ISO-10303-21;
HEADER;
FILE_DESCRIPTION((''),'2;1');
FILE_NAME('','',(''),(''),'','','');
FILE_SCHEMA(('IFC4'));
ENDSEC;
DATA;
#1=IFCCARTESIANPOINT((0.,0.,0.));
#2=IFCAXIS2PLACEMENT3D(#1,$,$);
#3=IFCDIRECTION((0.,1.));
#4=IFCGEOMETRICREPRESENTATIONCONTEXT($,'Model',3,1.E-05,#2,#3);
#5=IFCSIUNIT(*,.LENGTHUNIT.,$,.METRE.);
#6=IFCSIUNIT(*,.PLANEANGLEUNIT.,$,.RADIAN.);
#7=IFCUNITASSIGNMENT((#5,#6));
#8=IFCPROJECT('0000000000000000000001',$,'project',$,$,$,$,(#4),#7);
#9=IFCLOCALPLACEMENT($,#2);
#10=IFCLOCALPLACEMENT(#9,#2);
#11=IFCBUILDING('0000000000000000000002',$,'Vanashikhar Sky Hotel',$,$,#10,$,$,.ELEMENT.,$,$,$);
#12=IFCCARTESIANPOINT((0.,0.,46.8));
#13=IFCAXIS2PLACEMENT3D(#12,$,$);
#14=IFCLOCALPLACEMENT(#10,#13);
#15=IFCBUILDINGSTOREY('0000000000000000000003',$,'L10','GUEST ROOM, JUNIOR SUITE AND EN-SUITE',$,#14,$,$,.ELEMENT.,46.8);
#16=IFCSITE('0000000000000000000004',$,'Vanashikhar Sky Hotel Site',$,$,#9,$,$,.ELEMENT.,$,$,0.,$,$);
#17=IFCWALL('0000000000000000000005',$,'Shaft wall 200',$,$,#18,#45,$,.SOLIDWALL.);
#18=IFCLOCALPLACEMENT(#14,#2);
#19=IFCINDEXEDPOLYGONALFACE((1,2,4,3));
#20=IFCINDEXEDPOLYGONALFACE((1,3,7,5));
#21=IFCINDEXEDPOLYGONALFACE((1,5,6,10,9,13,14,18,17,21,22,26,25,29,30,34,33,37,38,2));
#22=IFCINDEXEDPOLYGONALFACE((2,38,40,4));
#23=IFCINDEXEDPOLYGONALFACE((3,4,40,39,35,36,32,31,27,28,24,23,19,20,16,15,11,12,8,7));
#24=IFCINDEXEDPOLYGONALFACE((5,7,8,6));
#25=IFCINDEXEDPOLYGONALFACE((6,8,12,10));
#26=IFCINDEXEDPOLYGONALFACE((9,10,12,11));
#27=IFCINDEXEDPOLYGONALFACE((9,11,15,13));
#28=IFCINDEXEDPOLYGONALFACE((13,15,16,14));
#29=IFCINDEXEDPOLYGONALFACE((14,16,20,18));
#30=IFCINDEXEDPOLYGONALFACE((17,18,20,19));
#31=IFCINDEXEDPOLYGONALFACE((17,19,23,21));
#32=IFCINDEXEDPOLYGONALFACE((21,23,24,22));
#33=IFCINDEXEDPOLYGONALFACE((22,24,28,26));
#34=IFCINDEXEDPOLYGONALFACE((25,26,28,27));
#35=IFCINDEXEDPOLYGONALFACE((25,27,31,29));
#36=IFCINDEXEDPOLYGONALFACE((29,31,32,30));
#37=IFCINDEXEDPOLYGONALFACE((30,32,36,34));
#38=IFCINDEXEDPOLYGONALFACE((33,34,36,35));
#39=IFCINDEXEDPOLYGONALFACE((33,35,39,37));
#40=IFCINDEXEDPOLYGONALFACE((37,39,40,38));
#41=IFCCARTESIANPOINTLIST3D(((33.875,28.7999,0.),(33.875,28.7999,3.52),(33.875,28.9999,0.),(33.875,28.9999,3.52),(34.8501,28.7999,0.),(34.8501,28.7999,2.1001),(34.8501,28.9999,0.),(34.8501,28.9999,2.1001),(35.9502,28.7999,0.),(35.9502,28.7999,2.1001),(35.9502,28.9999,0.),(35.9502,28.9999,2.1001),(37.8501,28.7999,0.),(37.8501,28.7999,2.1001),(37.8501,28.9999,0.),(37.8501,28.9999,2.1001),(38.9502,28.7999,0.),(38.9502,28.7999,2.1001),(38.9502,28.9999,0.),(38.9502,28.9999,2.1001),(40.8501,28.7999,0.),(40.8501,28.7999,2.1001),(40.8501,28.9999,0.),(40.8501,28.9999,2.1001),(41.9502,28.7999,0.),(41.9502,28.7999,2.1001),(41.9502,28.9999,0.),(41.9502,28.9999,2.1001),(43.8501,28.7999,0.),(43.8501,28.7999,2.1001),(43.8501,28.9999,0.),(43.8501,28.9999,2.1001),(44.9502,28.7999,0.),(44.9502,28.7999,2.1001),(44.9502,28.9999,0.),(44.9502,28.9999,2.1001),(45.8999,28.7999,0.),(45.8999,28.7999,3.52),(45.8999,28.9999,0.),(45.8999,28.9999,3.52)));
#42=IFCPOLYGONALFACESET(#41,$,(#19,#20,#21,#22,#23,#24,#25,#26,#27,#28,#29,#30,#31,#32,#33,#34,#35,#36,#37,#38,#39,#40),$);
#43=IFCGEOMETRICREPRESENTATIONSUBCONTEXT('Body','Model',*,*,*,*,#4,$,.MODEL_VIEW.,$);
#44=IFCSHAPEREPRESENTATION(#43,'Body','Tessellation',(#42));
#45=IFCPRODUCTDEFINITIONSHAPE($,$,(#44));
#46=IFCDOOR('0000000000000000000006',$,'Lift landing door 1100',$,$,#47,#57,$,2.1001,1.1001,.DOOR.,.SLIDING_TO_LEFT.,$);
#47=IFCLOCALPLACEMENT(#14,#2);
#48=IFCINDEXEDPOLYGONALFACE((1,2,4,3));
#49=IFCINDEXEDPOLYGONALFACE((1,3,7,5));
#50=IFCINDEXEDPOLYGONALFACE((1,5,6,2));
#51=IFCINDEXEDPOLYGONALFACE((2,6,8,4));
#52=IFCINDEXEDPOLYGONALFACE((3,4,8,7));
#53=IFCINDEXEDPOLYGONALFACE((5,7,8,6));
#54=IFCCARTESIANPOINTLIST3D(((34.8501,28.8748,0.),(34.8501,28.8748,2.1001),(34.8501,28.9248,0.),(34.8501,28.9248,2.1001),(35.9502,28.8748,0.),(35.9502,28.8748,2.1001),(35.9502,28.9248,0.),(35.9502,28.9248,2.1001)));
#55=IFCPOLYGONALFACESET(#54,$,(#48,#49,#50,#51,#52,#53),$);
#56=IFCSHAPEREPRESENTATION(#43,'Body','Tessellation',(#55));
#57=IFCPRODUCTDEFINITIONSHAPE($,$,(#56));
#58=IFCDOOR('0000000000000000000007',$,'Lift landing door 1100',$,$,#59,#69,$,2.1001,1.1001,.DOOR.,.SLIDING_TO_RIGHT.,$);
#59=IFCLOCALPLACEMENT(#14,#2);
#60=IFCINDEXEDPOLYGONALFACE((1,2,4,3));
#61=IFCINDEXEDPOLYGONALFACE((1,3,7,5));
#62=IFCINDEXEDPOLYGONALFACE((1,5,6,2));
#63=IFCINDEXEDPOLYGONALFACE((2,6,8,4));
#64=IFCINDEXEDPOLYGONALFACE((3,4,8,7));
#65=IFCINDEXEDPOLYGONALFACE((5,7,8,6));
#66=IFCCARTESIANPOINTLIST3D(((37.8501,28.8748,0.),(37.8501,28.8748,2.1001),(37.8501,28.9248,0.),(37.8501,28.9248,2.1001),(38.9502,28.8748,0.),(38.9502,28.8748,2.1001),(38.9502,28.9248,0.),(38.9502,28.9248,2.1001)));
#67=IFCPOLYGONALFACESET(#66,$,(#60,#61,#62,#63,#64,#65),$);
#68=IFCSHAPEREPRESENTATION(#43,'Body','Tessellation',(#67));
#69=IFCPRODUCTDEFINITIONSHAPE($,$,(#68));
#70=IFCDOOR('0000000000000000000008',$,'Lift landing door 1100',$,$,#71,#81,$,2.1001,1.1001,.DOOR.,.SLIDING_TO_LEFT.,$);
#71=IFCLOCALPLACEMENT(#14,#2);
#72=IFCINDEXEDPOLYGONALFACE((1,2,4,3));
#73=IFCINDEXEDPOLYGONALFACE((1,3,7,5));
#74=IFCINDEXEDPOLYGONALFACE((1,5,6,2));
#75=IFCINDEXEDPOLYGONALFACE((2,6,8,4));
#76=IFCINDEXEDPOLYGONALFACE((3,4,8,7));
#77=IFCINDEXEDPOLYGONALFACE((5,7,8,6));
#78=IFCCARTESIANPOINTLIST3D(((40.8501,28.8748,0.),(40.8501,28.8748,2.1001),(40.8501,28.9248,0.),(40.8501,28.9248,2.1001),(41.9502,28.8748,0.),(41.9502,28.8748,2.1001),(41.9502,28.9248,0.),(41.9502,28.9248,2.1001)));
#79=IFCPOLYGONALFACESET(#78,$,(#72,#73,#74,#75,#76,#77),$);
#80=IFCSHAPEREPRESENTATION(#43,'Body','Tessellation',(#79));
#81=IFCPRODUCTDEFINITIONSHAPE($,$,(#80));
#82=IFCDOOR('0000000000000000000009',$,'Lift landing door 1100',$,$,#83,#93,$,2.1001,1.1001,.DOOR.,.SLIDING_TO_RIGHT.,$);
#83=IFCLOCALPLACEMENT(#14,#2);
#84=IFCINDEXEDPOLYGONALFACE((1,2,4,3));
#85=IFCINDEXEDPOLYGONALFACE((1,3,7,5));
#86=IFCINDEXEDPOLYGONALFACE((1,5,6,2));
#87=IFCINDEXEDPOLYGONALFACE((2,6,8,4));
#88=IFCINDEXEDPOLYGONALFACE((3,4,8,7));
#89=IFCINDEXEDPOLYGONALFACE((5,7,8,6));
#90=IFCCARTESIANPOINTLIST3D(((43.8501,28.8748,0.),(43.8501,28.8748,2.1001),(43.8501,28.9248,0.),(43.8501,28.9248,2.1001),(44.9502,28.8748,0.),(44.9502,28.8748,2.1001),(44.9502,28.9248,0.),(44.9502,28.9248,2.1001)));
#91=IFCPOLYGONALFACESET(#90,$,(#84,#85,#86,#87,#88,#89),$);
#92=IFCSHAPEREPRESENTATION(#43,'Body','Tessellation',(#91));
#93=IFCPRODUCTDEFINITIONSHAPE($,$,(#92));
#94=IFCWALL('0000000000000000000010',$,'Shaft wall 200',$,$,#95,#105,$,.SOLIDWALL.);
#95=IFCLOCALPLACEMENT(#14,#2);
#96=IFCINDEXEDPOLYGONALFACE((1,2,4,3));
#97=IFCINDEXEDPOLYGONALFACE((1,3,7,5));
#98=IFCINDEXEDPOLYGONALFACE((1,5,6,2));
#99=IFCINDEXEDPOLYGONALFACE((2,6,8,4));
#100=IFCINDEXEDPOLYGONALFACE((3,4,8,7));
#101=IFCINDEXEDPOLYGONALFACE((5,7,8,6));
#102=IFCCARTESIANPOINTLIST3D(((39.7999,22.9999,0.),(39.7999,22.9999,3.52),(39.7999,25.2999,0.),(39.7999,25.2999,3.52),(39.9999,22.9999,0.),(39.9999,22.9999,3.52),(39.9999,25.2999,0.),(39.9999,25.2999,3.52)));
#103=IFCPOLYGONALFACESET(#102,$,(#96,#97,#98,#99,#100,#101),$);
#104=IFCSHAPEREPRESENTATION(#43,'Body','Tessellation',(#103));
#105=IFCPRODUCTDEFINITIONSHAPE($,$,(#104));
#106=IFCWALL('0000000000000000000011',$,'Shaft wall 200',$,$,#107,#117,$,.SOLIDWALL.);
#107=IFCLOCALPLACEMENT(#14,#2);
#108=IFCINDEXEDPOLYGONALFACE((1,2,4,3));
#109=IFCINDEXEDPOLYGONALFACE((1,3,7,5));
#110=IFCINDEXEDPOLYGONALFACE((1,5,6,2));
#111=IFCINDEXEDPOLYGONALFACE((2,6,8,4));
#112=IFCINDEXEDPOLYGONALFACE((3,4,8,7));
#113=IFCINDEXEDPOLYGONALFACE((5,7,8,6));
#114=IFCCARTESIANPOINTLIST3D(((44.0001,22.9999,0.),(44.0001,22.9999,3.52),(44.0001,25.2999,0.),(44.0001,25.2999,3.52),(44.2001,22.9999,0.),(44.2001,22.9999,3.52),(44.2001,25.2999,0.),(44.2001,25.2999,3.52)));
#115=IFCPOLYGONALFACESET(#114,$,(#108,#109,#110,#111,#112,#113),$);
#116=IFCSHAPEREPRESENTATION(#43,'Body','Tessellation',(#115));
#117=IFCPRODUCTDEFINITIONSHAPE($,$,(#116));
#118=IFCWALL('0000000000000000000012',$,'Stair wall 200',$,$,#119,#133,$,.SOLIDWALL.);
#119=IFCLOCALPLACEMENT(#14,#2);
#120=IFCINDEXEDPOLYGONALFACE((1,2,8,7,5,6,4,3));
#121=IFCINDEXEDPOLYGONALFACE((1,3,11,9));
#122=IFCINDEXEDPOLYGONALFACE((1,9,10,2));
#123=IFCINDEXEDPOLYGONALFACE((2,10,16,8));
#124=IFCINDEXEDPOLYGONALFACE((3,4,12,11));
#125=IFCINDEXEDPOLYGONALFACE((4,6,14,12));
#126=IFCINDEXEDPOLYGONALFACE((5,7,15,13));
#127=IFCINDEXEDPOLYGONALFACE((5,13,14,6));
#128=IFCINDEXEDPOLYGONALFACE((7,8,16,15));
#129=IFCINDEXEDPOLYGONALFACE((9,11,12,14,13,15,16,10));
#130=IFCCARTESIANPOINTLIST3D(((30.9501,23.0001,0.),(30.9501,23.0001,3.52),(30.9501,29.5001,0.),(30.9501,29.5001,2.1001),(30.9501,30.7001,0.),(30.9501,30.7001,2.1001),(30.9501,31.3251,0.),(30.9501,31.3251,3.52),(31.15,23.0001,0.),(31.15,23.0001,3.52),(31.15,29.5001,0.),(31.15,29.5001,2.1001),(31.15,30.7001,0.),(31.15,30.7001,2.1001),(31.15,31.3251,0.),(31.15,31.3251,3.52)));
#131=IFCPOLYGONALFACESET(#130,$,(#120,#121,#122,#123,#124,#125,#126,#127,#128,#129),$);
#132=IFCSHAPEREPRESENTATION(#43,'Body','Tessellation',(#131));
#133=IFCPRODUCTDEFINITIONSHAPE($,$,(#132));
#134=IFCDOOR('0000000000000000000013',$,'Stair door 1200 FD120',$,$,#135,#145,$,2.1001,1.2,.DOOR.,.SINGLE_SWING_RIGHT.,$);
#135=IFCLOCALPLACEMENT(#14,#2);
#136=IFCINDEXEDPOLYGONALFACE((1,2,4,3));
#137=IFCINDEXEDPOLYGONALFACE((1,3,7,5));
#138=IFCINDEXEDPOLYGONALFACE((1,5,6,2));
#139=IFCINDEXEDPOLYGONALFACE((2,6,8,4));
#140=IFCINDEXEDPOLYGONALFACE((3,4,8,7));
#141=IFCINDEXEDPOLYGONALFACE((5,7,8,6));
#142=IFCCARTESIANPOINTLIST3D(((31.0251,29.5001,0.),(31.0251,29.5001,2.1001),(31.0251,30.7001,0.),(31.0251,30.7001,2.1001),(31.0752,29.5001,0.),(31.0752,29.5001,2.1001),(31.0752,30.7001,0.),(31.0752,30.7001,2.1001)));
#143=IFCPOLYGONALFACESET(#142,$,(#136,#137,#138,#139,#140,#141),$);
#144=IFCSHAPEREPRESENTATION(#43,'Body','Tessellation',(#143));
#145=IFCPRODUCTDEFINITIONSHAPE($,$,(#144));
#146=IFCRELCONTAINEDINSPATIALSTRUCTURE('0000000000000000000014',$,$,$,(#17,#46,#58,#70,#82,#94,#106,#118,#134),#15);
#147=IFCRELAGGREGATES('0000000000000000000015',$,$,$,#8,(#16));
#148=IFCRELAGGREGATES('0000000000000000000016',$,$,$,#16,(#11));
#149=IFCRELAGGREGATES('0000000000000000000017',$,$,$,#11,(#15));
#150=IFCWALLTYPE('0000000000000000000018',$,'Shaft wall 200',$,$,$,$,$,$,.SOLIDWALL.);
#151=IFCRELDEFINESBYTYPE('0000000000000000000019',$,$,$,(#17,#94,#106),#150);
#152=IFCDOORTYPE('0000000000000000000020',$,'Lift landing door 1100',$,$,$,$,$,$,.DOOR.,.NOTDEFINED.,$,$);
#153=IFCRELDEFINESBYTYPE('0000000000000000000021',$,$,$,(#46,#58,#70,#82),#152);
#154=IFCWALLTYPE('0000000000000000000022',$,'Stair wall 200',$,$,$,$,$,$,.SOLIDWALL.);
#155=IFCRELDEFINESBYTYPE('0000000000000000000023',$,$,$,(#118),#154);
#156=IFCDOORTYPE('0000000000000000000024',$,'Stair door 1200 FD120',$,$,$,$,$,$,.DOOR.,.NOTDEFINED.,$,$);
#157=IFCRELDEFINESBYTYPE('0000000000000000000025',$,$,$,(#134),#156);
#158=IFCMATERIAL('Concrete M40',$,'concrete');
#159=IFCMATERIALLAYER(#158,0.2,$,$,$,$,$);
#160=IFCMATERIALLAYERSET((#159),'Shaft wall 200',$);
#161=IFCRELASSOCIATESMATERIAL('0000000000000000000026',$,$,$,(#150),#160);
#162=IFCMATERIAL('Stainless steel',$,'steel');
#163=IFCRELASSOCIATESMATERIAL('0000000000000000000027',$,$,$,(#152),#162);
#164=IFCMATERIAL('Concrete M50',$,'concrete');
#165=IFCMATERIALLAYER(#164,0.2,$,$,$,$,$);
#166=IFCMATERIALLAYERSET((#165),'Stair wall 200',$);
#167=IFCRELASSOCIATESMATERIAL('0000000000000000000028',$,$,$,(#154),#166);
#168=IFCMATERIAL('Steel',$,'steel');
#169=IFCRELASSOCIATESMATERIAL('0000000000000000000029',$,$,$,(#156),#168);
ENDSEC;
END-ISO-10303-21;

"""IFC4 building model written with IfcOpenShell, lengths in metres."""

from ifc_helpers import new_model, si_unit, direction, frame, frame_2d, origin, place, context, subcontext, project, spatial, rectangle, extrude, source, transform, mapped, material, layer, layer_set, type_object, element, fill, save


model = new_model("IFC4")

# Units and contexts
model_context = context("Model", 3, precision=1e-05, world=origin(), true_north=direction((0.0, 1.0)))
body_context = subcontext(model_context, "Body", "Model", "MODEL_VIEW")
ifc_project = project(units=[si_unit("LENGTHUNIT", "METRE"), si_unit("PLANEANGLEUNIT", "RADIAN")], contexts=[model_context])

# Site, building, storey
site_placement = place(None, origin())
site = spatial("IfcSite", under=ifc_project, at=site_placement, Name="Vanashikhar Sky Hotel Site", CompositionType="ELEMENT", RefElevation=0.0)
building_placement = place(site_placement, origin())
building = spatial("IfcBuilding", under=site, at=building_placement, Name="Vanashikhar Sky Hotel", CompositionType="ELEMENT")
storey_placement = place(building_placement, frame((0.0, 0.0, 46.8)))
storey = spatial("IfcBuildingStorey", under=building, at=storey_placement, Name="L10", Description="GUEST ROOM, JUNIOR SUITE AND EN-SUITE", CompositionType="ELEMENT", Elevation=46.8)

# Shared definitions
ifc_material_1 = material(Name="Steel", Category="steel")
shared_shape_1 = source(origin(), body_context, "Body", "SweptSolid", [
    extrude(rectangle(XDim=1.1001, YDim=2.1001, at=frame_2d((0.55, 1.05))), frame((0.0, 0.0249, 0.0), z_axis=(0.0, -1.0, 0.0), x_axis=(1.0, 0.0, 0.0)), (0.0, 0.0, 1.0), 0.05),
])

# Wall, openings, doors
ifc_material_2 = material(Name="Concrete M40", Category="concrete")
ifc_layer_1 = layer(ifc_material_2, 0.2)
ifc_layer_set_1 = layer_set([ifc_layer_1], Name="Shaft wall 200")
wall_type_1 = type_object("IfcWallType", Name="Shaft wall 200", PredefinedType="SOLIDWALL", material=ifc_layer_set_1)
shared_shape_2 = source(origin(), body_context, "Body", "SweptSolid", [
    extrude(rectangle(XDim=1.1001, YDim=2.1001, at=frame_2d((0.55, 1.05))), frame((0.0, 0.1099, 0.0), z_axis=(0.0, -1.0, 0.0), x_axis=(1.0, 0.0, 0.0)), (0.0, 0.0, 1.0), 0.22),
])
ifc_material_3 = material(Name="Stainless steel", Category="steel")
door_type_1 = type_object("IfcDoorType", Name="Lift landing door 1100", OperationType="NOTDEFINED", PredefinedType="DOOR", material=ifc_material_3)
shared_shape_3 = source(origin(), body_context, "Body", "SweptSolid", [
    extrude(rectangle(XDim=12.0249, YDim=0.2, at=frame_2d((6.0125, 0.0))), origin(), (0.0, 0.0, 1.0), 3.52),
])
wall_1_placement = place(storey_placement, frame((33.875, 28.8999, 0.0), z_axis=(0.0, 0.0, 1.0), x_axis=(1.0, 0.0, 0.0)))
wall_1 = element("IfcWall", 1, at=wall_1_placement, inside=storey, type_object=wall_type_1, Name="Shaft wall 200", PredefinedType="SOLIDWALL", context=body_context, shape_type="MappedRepresentation", body=[
    mapped(shared_shape_3, transform((0.0, 0.0, 0.0), scale=1.0)),
])
opening_1_placement = place(wall_1_placement, frame((0.9751, 0.0, 0.0)))
opening_1 = element("IfcOpeningElement", 2, at=opening_1_placement, cuts=wall_1, PredefinedType="OPENING", context=body_context, shape_type="MappedRepresentation", body=[
    mapped(shared_shape_2, transform((0.0, 0.0, 0.0), scale=1.0)),
])
opening_2_placement = place(wall_1_placement, frame((3.9751, 0.0, 0.0)))
opening_2 = element("IfcOpeningElement", 3, at=opening_2_placement, cuts=wall_1, PredefinedType="OPENING", context=body_context, shape_type="MappedRepresentation", body=[
    mapped(shared_shape_2, transform((0.0, 0.0, 0.0), scale=1.0)),
])
opening_3_placement = place(wall_1_placement, frame((6.9751, 0.0, 0.0)))
opening_3 = element("IfcOpeningElement", 4, at=opening_3_placement, cuts=wall_1, PredefinedType="OPENING", context=body_context, shape_type="MappedRepresentation", body=[
    mapped(shared_shape_2, transform((0.0, 0.0, 0.0), scale=1.0)),
])
opening_4_placement = place(wall_1_placement, frame((9.9751, 0.0, 0.0)))
opening_4 = element("IfcOpeningElement", 5, at=opening_4_placement, cuts=wall_1, PredefinedType="OPENING", context=body_context, shape_type="MappedRepresentation", body=[
    mapped(shared_shape_2, transform((0.0, 0.0, 0.0), scale=1.0)),
])
door_1_placement = place(opening_1_placement, origin())
door_1 = element("IfcDoor", 6, at=door_1_placement, inside=storey, type_object=door_type_1, Name="Lift landing door 1100", OperationType="SLIDING_TO_LEFT", OverallHeight=2.1001, OverallWidth=1.1001, PredefinedType="DOOR", context=body_context, shape_type="MappedRepresentation", body=[
    mapped(shared_shape_1, transform((0.0, 0.0, 0.0), scale=1.0)),
])
fill(opening_1, door_1)
door_2_placement = place(opening_2_placement, origin())
door_2 = element("IfcDoor", 7, at=door_2_placement, inside=storey, type_object=door_type_1, Name="Lift landing door 1100", OperationType="SLIDING_TO_RIGHT", OverallHeight=2.1001, OverallWidth=1.1001, PredefinedType="DOOR", context=body_context, shape_type="MappedRepresentation", body=[
    mapped(shared_shape_1, transform((0.0, 0.0, 0.0), scale=1.0)),
])
fill(opening_2, door_2)
door_3_placement = place(opening_3_placement, origin())
door_3 = element("IfcDoor", 8, at=door_3_placement, inside=storey, type_object=door_type_1, Name="Lift landing door 1100", OperationType="SLIDING_TO_LEFT", OverallHeight=2.1001, OverallWidth=1.1001, PredefinedType="DOOR", context=body_context, shape_type="MappedRepresentation", body=[
    mapped(shared_shape_1, transform((0.0, 0.0, 0.0), scale=1.0)),
])
fill(opening_3, door_3)
door_4_placement = place(opening_4_placement, origin())
door_4 = element("IfcDoor", 9, at=door_4_placement, inside=storey, type_object=door_type_1, Name="Lift landing door 1100", OperationType="SLIDING_TO_RIGHT", OverallHeight=2.1001, OverallWidth=1.1001, PredefinedType="DOOR", context=body_context, shape_type="MappedRepresentation", body=[
    mapped(shared_shape_1, transform((0.0, 0.0, 0.0), scale=1.0)),
])
fill(opening_4, door_4)

# Walls
shared_shape_4 = source(origin(), body_context, "Body", "SweptSolid", [
    extrude(rectangle(XDim=2.3, YDim=0.2, at=frame_2d((1.1499, 0.0))), origin(), (0.0, 0.0, 1.0), 3.52),
])
for number, where, z_axis, x_axis, name in (
    (10, (39.8999, 23.0, 0.0), (0.0, 0.0, 1.0), (0.0, 1.0, 0.0), "Shaft wall 200"),
    (11, (44.1001, 23.0, 0.0), (0.0, 0.0, 1.0), (0.0, 1.0, 0.0), "Shaft wall 200"),
):
    element("IfcWall", number, at=place(storey_placement, frame(where, z_axis=z_axis, x_axis=x_axis)), inside=storey, type_object=wall_type_1, Name=name, PredefinedType="SOLIDWALL", context=body_context, shape_type="MappedRepresentation", body=[
        mapped(shared_shape_4, transform((0.0, 0.0, 0.0), scale=1.0)),
    ])

# Wall, opening, door
ifc_material_4 = material(Name="Concrete M50", Category="concrete")
ifc_layer_2 = layer(ifc_material_4, 0.2)
ifc_layer_set_2 = layer_set([ifc_layer_2], Name="Stair wall 200")
wall_type_2 = type_object("IfcWallType", Name="Stair wall 200", PredefinedType="SOLIDWALL", material=ifc_layer_set_2)
shared_shape_5 = source(origin(), body_context, "Body", "SweptSolid", [
    extrude(rectangle(XDim=8.325, YDim=0.2, at=frame_2d((4.1626, 0.0))), origin(), (0.0, 0.0, 1.0), 3.52),
])
wall_2_placement = place(storey_placement, frame((31.05, 23.0, 0.0), z_axis=(0.0, 0.0, 1.0), x_axis=(0.0, 1.0, 0.0)))
wall_2 = element("IfcWall", 12, at=wall_2_placement, inside=storey, type_object=wall_type_2, Name="Stair wall 200", PredefinedType="SOLIDWALL", context=body_context, shape_type="MappedRepresentation", body=[
    mapped(shared_shape_5, transform((0.0, 0.0, 0.0), scale=1.0)),
])
shared_shape_6 = source(origin(), body_context, "Body", "SweptSolid", [
    extrude(rectangle(XDim=1.2, YDim=2.1001, at=frame_2d((0.6001, 1.05))), frame((0.0, 0.1099, 0.0), z_axis=(0.0, -1.0, 0.0), x_axis=(1.0, 0.0, 0.0)), (0.0, 0.0, 1.0), 0.22),
])
opening_5_placement = place(wall_2_placement, frame((6.5, 0.0, 0.0)))
opening_5 = element("IfcOpeningElement", 13, at=opening_5_placement, cuts=wall_2, PredefinedType="OPENING", context=body_context, shape_type="MappedRepresentation", body=[
    mapped(shared_shape_6, transform((0.0, 0.0, 0.0), scale=1.0)),
])
door_type_2 = type_object("IfcDoorType", Name="Stair door 1200 FD120", OperationType="NOTDEFINED", PredefinedType="DOOR", material=ifc_material_1)
shared_shape_7 = source(origin(), body_context, "Body", "SweptSolid", [
    extrude(rectangle(XDim=1.2, YDim=2.1001, at=frame_2d((0.6001, 1.05))), frame((0.0, 0.0249, 0.0), z_axis=(0.0, -1.0, 0.0), x_axis=(1.0, 0.0, 0.0)), (0.0, 0.0, 1.0), 0.05),
])
door_5_placement = place(opening_5_placement, origin())
door_5 = element("IfcDoor", 14, at=door_5_placement, inside=storey, type_object=door_type_2, Name="Stair door 1200 FD120", OperationType="SINGLE_SWING_RIGHT", OverallHeight=2.1001, OverallWidth=1.2, PredefinedType="DOOR", context=body_context, shape_type="MappedRepresentation", body=[
    mapped(shared_shape_7, transform((0.0, 0.0, 0.0), scale=1.0)),
])
fill(opening_5, door_5)

save(model, "model.ifc")
